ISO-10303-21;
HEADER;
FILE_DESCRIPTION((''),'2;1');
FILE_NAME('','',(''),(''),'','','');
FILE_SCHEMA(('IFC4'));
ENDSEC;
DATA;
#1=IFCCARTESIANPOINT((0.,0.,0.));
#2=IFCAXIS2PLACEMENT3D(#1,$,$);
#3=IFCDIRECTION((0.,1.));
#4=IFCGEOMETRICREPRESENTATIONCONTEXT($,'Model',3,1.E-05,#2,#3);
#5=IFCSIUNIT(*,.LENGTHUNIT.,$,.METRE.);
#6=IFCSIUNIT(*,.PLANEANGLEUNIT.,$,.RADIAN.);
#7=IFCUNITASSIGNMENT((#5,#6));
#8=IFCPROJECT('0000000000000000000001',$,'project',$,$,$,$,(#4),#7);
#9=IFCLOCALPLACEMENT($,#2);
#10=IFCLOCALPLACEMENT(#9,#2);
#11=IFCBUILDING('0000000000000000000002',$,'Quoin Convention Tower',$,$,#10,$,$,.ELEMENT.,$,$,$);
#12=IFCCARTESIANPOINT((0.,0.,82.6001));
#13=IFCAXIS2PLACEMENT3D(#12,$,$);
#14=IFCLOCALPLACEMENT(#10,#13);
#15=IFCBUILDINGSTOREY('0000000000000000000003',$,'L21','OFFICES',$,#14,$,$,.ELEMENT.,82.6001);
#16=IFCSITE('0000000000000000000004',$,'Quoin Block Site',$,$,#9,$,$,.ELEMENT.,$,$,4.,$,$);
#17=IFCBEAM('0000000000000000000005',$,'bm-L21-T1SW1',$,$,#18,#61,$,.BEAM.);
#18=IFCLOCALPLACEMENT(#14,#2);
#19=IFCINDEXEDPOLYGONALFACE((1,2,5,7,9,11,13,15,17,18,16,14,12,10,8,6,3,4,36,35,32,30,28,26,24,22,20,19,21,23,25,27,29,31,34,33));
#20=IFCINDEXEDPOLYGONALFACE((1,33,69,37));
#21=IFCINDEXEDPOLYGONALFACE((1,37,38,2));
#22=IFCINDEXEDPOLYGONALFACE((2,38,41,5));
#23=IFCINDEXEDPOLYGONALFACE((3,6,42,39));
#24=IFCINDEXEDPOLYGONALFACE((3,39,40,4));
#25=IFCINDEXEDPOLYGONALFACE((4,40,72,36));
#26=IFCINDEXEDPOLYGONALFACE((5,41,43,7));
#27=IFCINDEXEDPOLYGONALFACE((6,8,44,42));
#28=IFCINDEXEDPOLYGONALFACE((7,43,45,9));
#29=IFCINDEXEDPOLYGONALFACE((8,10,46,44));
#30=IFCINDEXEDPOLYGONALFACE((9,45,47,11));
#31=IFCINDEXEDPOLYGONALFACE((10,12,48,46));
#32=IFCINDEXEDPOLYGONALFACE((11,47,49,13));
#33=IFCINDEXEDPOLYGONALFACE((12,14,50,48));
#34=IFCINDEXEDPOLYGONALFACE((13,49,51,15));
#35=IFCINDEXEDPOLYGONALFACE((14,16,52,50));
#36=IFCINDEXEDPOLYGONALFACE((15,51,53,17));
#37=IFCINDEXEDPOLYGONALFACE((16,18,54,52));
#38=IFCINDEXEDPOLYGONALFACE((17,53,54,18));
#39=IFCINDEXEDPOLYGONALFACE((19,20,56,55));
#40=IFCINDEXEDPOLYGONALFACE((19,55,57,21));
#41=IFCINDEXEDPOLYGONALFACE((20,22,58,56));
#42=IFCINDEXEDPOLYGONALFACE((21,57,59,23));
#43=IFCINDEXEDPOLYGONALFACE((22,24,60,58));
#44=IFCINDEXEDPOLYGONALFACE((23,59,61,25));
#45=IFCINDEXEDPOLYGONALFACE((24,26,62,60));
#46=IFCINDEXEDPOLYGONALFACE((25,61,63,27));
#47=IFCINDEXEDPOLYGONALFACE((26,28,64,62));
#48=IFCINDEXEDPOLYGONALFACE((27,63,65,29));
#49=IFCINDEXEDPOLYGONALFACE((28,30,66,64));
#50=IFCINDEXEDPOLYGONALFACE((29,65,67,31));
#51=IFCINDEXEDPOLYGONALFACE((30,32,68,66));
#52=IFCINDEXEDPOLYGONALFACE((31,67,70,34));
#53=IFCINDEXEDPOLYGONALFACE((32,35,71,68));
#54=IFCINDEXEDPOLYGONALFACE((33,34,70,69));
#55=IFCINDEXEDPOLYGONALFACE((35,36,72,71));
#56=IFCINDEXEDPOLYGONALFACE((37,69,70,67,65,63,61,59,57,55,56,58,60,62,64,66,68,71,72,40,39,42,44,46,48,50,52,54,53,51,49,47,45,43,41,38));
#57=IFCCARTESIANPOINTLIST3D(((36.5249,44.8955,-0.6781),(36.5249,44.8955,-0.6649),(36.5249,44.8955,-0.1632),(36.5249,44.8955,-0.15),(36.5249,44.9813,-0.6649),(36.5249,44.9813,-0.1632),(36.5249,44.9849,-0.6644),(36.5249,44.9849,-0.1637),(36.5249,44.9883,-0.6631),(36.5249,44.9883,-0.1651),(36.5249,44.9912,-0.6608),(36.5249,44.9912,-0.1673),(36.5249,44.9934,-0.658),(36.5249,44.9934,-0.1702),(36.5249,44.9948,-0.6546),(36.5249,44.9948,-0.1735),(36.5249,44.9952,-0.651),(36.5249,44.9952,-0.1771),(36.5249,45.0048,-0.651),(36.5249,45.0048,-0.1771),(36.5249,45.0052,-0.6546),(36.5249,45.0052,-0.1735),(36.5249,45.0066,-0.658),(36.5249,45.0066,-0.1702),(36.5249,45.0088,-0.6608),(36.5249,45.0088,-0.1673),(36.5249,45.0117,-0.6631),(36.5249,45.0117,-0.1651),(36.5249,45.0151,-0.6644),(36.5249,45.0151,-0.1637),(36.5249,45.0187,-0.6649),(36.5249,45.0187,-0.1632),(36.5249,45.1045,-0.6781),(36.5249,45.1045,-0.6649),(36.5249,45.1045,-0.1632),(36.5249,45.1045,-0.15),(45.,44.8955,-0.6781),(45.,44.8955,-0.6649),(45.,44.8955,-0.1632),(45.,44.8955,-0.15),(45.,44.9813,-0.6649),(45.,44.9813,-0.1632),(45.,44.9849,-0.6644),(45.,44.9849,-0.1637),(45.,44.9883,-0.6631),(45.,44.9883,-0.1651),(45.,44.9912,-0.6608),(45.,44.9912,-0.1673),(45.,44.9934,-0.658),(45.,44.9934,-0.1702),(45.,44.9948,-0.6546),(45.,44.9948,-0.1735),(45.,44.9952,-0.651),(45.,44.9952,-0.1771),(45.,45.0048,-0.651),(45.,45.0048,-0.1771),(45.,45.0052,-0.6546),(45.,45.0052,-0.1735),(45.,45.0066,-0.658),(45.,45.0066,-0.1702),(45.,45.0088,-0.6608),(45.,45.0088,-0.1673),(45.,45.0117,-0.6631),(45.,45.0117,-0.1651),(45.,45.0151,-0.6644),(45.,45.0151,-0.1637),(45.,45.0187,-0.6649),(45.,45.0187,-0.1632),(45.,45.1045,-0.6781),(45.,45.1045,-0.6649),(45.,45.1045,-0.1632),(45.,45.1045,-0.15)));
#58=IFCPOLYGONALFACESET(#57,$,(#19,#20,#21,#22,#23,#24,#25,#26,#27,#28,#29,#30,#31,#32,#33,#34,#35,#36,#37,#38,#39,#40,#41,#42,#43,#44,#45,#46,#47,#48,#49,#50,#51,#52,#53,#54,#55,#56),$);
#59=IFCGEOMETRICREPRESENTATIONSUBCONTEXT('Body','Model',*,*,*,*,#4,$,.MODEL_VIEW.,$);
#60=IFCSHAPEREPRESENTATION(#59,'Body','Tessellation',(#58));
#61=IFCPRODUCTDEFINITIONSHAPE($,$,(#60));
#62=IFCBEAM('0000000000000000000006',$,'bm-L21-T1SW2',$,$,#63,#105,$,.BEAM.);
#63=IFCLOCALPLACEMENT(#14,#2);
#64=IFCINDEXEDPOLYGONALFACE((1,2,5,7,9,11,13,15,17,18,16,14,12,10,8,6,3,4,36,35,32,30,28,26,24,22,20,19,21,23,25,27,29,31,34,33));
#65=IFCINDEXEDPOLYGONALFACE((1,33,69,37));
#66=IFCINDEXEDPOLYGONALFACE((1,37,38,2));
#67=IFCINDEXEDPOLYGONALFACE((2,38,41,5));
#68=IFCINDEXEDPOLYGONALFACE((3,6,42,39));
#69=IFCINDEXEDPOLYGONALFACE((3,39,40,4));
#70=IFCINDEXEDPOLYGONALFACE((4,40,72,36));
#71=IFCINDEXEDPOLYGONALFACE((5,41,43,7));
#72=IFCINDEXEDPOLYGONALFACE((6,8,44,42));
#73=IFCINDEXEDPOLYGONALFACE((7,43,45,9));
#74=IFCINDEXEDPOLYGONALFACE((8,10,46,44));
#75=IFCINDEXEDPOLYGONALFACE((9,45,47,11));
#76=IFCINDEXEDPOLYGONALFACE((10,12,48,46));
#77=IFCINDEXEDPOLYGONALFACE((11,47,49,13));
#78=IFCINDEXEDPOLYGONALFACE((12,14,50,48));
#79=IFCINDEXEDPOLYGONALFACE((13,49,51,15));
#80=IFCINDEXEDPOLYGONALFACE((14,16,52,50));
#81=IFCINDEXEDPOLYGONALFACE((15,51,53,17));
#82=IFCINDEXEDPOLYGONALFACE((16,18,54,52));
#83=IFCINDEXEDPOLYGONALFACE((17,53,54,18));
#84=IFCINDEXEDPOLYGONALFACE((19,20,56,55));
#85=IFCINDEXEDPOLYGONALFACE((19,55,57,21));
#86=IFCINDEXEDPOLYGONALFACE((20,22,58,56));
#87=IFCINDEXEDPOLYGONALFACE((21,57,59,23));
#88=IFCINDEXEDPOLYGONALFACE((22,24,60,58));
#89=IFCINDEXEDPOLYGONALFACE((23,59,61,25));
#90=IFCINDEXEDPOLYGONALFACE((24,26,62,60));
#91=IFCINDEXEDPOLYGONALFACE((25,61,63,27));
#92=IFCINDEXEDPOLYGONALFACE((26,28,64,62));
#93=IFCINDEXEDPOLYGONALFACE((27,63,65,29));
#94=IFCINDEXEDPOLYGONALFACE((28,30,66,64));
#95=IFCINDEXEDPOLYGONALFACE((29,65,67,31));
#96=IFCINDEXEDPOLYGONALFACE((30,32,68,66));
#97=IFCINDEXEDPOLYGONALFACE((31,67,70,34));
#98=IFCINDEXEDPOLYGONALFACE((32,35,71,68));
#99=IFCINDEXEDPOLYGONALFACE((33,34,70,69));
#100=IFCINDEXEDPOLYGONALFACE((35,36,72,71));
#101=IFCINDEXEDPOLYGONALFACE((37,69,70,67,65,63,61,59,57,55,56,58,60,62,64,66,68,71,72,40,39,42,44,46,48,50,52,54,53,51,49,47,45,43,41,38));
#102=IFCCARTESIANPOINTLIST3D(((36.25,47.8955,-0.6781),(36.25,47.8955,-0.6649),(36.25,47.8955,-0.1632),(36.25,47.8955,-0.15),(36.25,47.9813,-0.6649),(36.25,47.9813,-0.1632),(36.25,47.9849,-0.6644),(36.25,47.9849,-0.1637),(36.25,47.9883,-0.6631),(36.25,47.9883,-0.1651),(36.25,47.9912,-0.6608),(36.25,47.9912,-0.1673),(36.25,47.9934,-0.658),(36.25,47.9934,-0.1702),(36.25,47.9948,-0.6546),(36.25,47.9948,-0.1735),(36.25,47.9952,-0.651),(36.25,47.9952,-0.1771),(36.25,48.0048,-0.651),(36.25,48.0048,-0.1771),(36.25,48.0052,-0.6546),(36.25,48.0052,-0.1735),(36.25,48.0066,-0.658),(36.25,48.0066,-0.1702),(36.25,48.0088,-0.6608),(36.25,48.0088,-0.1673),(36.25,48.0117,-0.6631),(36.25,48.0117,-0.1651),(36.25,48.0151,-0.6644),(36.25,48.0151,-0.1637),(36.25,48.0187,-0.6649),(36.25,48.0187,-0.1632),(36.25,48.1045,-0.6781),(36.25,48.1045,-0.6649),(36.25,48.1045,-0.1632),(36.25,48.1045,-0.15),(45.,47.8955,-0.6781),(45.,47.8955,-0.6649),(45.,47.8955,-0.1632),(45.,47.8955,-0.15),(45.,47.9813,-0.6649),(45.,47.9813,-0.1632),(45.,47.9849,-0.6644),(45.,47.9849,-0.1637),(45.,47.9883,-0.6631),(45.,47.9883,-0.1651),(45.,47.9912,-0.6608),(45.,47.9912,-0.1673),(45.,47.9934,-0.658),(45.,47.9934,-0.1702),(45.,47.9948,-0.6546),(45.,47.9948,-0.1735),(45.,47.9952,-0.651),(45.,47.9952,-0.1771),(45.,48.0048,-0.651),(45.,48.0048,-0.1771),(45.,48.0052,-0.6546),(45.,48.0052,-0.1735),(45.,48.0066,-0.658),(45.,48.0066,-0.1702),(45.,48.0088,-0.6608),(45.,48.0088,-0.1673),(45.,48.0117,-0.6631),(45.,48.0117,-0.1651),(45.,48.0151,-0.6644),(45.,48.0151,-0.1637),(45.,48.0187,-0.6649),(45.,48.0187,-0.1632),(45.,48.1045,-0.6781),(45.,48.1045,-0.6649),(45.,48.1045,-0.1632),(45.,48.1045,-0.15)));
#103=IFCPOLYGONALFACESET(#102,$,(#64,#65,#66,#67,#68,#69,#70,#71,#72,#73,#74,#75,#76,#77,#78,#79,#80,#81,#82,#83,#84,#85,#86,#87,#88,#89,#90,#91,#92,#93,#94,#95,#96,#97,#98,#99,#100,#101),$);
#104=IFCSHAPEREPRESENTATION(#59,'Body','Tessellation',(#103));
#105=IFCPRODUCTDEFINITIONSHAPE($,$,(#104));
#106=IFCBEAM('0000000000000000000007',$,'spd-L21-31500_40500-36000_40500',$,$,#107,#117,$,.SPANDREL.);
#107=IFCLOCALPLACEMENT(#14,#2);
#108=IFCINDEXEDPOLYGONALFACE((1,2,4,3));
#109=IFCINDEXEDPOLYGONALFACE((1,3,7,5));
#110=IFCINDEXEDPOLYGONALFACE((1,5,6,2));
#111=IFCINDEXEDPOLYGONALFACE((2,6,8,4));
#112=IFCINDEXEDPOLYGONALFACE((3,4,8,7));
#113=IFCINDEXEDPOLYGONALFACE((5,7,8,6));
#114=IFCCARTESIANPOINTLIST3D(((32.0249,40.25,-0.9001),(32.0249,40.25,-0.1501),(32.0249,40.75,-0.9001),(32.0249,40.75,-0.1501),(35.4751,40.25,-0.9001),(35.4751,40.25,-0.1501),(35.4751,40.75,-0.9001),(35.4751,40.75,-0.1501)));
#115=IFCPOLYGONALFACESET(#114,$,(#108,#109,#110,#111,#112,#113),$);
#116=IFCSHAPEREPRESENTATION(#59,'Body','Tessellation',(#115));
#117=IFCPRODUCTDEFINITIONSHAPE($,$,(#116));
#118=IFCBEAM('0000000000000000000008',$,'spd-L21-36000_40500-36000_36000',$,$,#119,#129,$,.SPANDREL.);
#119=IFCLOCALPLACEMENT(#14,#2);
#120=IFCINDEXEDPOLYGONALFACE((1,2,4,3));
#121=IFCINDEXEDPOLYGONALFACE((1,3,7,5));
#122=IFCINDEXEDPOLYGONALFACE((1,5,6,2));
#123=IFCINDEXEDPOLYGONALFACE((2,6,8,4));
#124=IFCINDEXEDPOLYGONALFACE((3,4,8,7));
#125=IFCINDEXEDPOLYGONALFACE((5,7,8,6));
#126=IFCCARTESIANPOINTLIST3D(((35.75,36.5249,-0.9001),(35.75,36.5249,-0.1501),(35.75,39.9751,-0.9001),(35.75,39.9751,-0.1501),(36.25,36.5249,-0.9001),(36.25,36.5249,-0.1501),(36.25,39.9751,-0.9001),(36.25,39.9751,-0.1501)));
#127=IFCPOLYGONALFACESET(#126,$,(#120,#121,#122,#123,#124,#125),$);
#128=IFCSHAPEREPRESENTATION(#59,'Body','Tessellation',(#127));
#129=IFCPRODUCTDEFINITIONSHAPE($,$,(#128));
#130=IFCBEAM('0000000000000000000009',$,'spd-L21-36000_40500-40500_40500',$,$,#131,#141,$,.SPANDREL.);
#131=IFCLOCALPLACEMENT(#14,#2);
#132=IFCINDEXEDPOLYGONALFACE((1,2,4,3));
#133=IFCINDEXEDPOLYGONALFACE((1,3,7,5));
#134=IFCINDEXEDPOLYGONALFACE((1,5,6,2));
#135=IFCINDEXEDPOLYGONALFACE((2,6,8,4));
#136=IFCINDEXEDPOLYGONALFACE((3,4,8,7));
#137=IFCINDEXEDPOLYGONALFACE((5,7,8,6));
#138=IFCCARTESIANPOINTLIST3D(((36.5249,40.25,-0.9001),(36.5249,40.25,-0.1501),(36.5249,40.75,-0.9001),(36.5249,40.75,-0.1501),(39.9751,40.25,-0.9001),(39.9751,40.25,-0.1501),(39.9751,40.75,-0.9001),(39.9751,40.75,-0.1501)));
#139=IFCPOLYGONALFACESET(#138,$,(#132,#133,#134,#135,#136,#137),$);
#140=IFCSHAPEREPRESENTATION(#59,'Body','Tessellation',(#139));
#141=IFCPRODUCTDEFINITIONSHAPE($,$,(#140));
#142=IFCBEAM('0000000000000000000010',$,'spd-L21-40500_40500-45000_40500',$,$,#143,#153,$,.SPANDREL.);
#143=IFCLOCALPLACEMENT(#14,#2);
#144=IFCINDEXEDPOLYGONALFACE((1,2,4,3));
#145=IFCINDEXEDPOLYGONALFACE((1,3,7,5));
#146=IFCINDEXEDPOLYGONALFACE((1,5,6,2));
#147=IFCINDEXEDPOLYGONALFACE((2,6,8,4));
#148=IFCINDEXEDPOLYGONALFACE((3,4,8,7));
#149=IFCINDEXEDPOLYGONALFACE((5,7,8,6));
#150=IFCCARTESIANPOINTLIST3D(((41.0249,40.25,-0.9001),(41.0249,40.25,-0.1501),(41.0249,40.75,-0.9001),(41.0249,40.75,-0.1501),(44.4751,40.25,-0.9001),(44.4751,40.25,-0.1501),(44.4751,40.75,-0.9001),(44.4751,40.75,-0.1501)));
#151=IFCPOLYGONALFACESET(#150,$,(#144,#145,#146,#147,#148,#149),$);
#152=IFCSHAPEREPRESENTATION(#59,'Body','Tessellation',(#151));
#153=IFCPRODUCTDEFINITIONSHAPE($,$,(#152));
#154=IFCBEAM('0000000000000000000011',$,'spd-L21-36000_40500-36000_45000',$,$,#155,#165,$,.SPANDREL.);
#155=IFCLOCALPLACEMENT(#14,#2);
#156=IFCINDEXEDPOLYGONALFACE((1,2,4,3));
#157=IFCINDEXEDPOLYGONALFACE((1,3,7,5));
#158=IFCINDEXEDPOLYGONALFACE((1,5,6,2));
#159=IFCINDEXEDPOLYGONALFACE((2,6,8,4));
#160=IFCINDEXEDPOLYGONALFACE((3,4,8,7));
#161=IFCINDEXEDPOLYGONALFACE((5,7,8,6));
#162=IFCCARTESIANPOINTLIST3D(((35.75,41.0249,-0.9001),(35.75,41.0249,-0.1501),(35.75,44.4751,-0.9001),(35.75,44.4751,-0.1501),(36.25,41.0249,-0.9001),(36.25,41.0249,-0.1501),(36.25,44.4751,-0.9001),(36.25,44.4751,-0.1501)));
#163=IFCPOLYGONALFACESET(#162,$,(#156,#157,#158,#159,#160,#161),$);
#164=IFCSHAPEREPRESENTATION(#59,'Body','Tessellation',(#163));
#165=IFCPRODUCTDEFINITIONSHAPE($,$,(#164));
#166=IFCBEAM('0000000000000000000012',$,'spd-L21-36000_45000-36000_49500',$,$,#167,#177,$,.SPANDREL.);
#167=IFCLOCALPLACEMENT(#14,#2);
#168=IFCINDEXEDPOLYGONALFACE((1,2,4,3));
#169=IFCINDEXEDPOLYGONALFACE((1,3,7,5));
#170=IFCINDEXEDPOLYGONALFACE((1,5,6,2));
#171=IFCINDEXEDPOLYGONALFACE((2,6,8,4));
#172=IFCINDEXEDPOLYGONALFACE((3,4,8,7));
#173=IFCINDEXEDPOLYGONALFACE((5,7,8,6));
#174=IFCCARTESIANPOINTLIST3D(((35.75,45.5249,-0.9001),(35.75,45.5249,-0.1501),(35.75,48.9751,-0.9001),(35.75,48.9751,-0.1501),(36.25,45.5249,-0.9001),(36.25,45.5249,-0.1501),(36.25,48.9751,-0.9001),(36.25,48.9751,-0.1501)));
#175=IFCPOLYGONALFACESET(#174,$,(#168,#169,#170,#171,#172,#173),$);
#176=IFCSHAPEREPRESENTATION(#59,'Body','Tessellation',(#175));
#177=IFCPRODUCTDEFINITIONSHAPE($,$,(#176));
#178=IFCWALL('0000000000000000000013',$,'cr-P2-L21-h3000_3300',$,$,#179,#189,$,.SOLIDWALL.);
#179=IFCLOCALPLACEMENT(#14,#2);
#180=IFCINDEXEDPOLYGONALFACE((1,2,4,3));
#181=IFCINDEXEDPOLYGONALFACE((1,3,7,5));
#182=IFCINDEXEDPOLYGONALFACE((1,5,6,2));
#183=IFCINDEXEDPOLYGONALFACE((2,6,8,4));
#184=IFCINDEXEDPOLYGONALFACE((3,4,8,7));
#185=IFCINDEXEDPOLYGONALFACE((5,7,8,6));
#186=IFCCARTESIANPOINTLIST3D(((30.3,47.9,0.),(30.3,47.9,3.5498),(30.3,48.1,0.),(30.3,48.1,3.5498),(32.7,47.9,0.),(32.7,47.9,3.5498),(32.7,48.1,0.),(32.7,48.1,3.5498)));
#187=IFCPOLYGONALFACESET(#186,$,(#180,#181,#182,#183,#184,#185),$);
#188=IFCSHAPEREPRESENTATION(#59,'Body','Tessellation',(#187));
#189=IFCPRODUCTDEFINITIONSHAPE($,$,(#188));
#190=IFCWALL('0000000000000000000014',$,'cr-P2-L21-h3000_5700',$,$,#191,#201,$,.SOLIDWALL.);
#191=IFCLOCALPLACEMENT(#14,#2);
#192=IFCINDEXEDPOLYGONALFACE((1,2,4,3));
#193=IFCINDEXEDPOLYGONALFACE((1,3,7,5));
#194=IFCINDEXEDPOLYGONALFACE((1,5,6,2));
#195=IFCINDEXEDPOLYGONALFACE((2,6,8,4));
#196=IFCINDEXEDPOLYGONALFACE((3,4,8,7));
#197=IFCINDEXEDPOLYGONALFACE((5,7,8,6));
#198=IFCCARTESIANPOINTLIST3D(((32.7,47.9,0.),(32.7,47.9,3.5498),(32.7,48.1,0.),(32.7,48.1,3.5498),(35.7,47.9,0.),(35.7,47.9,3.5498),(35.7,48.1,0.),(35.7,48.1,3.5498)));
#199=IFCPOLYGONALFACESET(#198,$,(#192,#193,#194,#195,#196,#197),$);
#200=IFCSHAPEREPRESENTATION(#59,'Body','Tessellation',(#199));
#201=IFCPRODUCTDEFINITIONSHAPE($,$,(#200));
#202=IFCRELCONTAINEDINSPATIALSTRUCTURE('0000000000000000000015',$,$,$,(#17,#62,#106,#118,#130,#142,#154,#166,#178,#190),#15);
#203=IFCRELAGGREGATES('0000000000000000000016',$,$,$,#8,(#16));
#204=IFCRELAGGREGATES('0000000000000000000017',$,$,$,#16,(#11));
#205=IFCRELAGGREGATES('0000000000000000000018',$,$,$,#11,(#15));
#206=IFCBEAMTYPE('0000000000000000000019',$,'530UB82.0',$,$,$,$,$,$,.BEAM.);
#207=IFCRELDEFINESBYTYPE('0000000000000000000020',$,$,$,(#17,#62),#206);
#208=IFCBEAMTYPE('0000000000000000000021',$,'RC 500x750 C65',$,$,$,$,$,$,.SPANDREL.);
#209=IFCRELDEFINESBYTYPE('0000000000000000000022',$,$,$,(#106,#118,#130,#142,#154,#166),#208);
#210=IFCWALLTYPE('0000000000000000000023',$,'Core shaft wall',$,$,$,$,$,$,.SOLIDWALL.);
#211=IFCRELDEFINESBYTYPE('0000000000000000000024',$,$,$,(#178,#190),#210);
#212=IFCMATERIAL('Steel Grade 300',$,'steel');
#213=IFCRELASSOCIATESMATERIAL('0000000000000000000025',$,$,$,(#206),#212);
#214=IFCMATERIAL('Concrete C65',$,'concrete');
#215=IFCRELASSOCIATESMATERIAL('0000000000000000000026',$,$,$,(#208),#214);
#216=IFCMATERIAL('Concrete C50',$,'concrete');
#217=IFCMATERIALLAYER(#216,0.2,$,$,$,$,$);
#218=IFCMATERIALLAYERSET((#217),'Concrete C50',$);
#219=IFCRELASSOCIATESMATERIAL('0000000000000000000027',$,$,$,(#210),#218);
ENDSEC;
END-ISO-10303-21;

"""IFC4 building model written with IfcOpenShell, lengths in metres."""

from ifc_helpers import new_model, si_unit, direction, frame, frame_2d, origin, origin_2d, place, context, subcontext, project, spatial, rectangle, i_section, extrude, material, layer, layer_set, material_profile, profile_set, type_object, element, save


model = new_model("IFC4")

# Units and contexts
model_context = context("Model", 3, precision=1e-05, world=origin(), true_north=direction((0.0, 1.0)))
body_context = subcontext(model_context, "Body", "Model", "MODEL_VIEW")
ifc_project = project(units=[si_unit("LENGTHUNIT", "METRE"), si_unit("PLANEANGLEUNIT", "RADIAN")], contexts=[model_context])

# Site, building, storey
site_placement = place(None, origin())
site = spatial("IfcSite", under=ifc_project, at=site_placement, Name="Quoin Block Site", CompositionType="ELEMENT", RefElevation=4.0)
building_placement = place(site_placement, origin())
building = spatial("IfcBuilding", under=site, at=building_placement, Name="Quoin Convention Tower", CompositionType="ELEMENT")
storey_placement = place(building_placement, frame((0.0, 0.0, 82.6001)))
storey = spatial("IfcBuildingStorey", under=building, at=storey_placement, Name="L21", Description="OFFICES", CompositionType="ELEMENT", Elevation=82.6001)

# Shared definitions
ifc_material_1 = material(Name="Concrete C65", Category="concrete")

# Beams
ifc_material_2 = material(Name="Steel Grade 300", Category="steel")
ifc_material_profile_1 = material_profile(ifc_material_2, i_section(OverallWidth=0.209, OverallDepth=0.5281, WebThickness=0.0095, FlangeThickness=0.0132, FilletRadius=0.0139, at=origin_2d()), Name="530UB82.0")
ifc_profile_set_1 = profile_set([ifc_material_profile_1], Name="Steel Grade 300")
beam_type_1 = type_object("IfcBeamType", Name="530UB82.0", PredefinedType="BEAM", material=ifc_profile_set_1)
beam_1_placement = place(storey_placement, frame((36.5249, 45.0, -0.4141), z_axis=(1.0, 0.0, 0.0), x_axis=(0.0, 1.0, 0.0)))
element("IfcBeam", 1, at=beam_1_placement, inside=storey, type_object=beam_type_1, Name="bm-L21-T1SW1", PredefinedType="BEAM", context=body_context, shape_type="SweptSolid", body=[
    extrude(i_section(OverallWidth=0.209, OverallDepth=0.5281, WebThickness=0.0095, FlangeThickness=0.0132, FilletRadius=0.0139, at=origin_2d()), origin(), (0.0, 0.0, 1.0), 8.4751),
])
beam_2_placement = place(storey_placement, frame((36.25, 48.0, -0.4141), z_axis=(1.0, 0.0, 0.0), x_axis=(0.0, 1.0, 0.0)))
element("IfcBeam", 2, at=beam_2_placement, inside=storey, type_object=beam_type_1, Name="bm-L21-T1SW2", PredefinedType="BEAM", context=body_context, shape_type="SweptSolid", body=[
    extrude(i_section(OverallWidth=0.209, OverallDepth=0.5281, WebThickness=0.0095, FlangeThickness=0.0132, FilletRadius=0.0139, at=origin_2d()), origin(), (0.0, 0.0, 1.0), 8.75),
])
ifc_material_profile_2 = material_profile(ifc_material_1, rectangle(XDim=0.5, YDim=0.75, at=origin_2d()), Name="RC 500x750")
ifc_profile_set_2 = profile_set([ifc_material_profile_2], Name="Concrete C65")
beam_type_2 = type_object("IfcBeamType", Name="RC 500x750 C65", PredefinedType="SPANDREL", material=ifc_profile_set_2)
for number, where, z_axis, x_axis, name in (
    (3, (32.0249, 40.5, -0.5251), (1.0, 0.0, 0.0), (0.0, 1.0, 0.0), "spd-L21-31500_40500-36000_40500"),
    (4, (36.0, 39.9751, -0.5251), (0.0, -1.0, 0.0), (1.0, 0.0, 0.0), "spd-L21-36000_40500-36000_36000"),
    (5, (36.5249, 40.5, -0.5251), (1.0, 0.0, 0.0), (0.0, 1.0, 0.0), "spd-L21-36000_40500-40500_40500"),
    (6, (41.0249, 40.5, -0.5251), (1.0, 0.0, 0.0), (0.0, 1.0, 0.0), "spd-L21-40500_40500-45000_40500"),
    (7, (36.0, 41.0249, -0.5251), (0.0, 1.0, 0.0), (-1.0, 0.0, 0.0), "spd-L21-36000_40500-36000_45000"),
    (8, (36.0, 45.5249, -0.5251), (0.0, 1.0, 0.0), (-1.0, 0.0, 0.0), "spd-L21-36000_45000-36000_49500"),
):
    element("IfcBeam", number, at=place(storey_placement, frame(where, z_axis=z_axis, x_axis=x_axis)), inside=storey, type_object=beam_type_2, Name=name, PredefinedType="SPANDREL", context=body_context, shape_type="SweptSolid", body=[
        extrude(rectangle(XDim=0.5, YDim=0.75, at=origin_2d()), origin(), (0.0, 0.0, 1.0), 3.4502),
    ])

# Walls
ifc_material_3 = material(Name="Concrete C50", Category="concrete")
ifc_layer_1 = layer(ifc_material_3, 0.2)
ifc_layer_set_1 = layer_set([ifc_layer_1], Name="Concrete C50")
wall_type_1 = type_object("IfcWallType", Name="Core shaft wall", PredefinedType="SOLIDWALL", material=ifc_layer_set_1)
wall_1_placement = place(storey_placement, frame((30.3, 48.0, 0.0), z_axis=(0.0, 0.0, 1.0), x_axis=(1.0, 0.0, 0.0)))
element("IfcWall", 9, at=wall_1_placement, inside=storey, type_object=wall_type_1, Name="cr-P2-L21-h3000_3300", PredefinedType="SOLIDWALL", context=body_context, shape_type="SweptSolid", body=[
    extrude(rectangle(XDim=2.3999, YDim=0.2, at=frame_2d((1.2, 0.0))), origin(), (0.0, 0.0, 1.0), 3.5498),
])
wall_2_placement = place(storey_placement, frame((32.7, 48.0, 0.0), z_axis=(0.0, 0.0, 1.0), x_axis=(1.0, 0.0, 0.0)))
element("IfcWall", 10, at=wall_2_placement, inside=storey, type_object=wall_type_1, Name="cr-P2-L21-h3000_5700", PredefinedType="SOLIDWALL", context=body_context, shape_type="SweptSolid", body=[
    extrude(rectangle(XDim=3.0, YDim=0.2, at=frame_2d((1.5, 0.0))), origin(), (0.0, 0.0, 1.0), 3.5498),
])

save(model, "model.ifc")
